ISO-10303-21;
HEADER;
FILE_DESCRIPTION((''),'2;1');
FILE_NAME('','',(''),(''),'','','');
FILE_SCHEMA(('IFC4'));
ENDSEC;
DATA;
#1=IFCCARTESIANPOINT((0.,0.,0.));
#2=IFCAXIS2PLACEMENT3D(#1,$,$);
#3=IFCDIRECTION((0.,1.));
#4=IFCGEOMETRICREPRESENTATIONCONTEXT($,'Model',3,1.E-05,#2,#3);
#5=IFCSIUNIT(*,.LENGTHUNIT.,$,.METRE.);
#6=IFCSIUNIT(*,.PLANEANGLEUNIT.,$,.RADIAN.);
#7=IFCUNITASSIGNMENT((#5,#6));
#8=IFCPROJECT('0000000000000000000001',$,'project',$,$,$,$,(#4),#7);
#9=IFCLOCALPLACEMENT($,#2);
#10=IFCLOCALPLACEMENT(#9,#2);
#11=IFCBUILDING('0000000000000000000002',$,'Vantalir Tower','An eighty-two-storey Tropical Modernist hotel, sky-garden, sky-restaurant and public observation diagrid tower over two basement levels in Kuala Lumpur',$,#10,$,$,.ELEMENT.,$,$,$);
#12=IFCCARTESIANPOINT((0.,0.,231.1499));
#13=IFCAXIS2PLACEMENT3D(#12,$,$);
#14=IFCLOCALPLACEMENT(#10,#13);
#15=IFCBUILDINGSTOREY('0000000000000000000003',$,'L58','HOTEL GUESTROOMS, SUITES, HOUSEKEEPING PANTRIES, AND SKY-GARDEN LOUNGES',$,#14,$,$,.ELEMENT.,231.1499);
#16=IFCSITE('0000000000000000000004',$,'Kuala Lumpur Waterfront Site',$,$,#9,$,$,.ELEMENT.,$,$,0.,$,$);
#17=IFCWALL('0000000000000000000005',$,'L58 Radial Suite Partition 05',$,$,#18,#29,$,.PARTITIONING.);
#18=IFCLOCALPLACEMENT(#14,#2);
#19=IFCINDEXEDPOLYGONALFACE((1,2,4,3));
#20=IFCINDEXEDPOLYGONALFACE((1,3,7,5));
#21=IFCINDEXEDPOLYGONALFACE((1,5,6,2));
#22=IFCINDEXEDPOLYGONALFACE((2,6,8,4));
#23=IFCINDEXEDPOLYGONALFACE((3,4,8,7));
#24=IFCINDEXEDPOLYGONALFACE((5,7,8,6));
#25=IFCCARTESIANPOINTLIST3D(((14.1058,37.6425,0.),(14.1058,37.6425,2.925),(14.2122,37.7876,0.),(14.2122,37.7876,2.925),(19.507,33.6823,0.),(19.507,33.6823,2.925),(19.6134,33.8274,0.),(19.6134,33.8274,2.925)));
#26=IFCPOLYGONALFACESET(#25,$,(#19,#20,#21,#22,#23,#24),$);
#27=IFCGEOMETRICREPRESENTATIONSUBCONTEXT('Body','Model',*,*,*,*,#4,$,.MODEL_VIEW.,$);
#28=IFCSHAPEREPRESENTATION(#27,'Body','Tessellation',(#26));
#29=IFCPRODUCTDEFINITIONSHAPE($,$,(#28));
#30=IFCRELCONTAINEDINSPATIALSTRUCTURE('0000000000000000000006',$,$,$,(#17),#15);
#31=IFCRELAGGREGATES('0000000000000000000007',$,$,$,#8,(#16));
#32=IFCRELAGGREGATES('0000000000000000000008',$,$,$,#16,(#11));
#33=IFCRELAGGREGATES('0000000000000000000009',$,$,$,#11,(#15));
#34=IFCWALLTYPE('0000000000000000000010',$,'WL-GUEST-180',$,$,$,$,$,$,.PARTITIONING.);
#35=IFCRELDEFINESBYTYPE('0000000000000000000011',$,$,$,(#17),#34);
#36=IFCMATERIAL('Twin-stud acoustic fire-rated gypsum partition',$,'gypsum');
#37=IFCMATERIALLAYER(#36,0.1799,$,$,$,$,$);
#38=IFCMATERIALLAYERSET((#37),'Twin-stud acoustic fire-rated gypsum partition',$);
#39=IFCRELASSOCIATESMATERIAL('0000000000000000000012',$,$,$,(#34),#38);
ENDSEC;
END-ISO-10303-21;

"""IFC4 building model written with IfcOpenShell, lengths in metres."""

from ifc_helpers import new_model, si_unit, direction, frame, frame_2d, origin, place, context, subcontext, project, spatial, rectangle, extrude, material, layer, layer_set, type_object, element, save


model = new_model("IFC4")

# Units and contexts
model_context = context("Model", 3, precision=1e-05, world=origin(), true_north=direction((0.0, 1.0)))
body_context = subcontext(model_context, "Body", "Model", "MODEL_VIEW")
ifc_project = project(units=[si_unit("LENGTHUNIT", "METRE"), si_unit("PLANEANGLEUNIT", "RADIAN")], contexts=[model_context])

# Site, building, storey
site_placement = place(None, origin())
site = spatial("IfcSite", under=ifc_project, at=site_placement, Name="Kuala Lumpur Waterfront Site", CompositionType="ELEMENT", RefElevation=0.0)
building_placement = place(site_placement, origin())
building = spatial("IfcBuilding", under=site, at=building_placement, Name="Vantalir Tower", Description="An eighty-two-storey Tropical Modernist hotel, sky-garden, sky-restaurant and public observation diagrid tower over two basement levels in Kuala Lumpur", CompositionType="ELEMENT")
storey_placement = place(building_placement, frame((0.0, 0.0, 231.1499)))
storey = spatial("IfcBuildingStorey", under=building, at=storey_placement, Name="L58", Description="HOTEL GUESTROOMS, SUITES, HOUSEKEEPING PANTRIES, AND SKY-GARDEN LOUNGES", CompositionType="ELEMENT", Elevation=231.1499)

# Wall
ifc_material_1 = material(Name="Twin-stud acoustic fire-rated gypsum partition", Category="gypsum")
ifc_layer_1 = layer(ifc_material_1, 0.1799)
ifc_layer_set_1 = layer_set([ifc_layer_1], Name="Twin-stud acoustic fire-rated gypsum partition")
wall_type_1 = type_object("IfcWallType", Name="WL-GUEST-180", PredefinedType="PARTITIONING", material=ifc_layer_set_1)
wall_1_placement = place(storey_placement, frame((19.5601, 33.7549, 0.0), z_axis=(0.0, 0.0, 1.0), x_axis=(-0.806449, 0.591304, 0.0)))
element("IfcWall", 1, at=wall_1_placement, inside=storey, type_object=wall_type_1, Name="L58 Radial Suite Partition 05", PredefinedType="PARTITIONING", context=body_context, shape_type="SweptSolid", body=[
    extrude(rectangle(XDim=6.6975, YDim=0.1799, at=frame_2d((3.3486, 0.0))), origin(), (0.0, 0.0, 1.0), 2.925),
])

save(model, "model.ifc")
